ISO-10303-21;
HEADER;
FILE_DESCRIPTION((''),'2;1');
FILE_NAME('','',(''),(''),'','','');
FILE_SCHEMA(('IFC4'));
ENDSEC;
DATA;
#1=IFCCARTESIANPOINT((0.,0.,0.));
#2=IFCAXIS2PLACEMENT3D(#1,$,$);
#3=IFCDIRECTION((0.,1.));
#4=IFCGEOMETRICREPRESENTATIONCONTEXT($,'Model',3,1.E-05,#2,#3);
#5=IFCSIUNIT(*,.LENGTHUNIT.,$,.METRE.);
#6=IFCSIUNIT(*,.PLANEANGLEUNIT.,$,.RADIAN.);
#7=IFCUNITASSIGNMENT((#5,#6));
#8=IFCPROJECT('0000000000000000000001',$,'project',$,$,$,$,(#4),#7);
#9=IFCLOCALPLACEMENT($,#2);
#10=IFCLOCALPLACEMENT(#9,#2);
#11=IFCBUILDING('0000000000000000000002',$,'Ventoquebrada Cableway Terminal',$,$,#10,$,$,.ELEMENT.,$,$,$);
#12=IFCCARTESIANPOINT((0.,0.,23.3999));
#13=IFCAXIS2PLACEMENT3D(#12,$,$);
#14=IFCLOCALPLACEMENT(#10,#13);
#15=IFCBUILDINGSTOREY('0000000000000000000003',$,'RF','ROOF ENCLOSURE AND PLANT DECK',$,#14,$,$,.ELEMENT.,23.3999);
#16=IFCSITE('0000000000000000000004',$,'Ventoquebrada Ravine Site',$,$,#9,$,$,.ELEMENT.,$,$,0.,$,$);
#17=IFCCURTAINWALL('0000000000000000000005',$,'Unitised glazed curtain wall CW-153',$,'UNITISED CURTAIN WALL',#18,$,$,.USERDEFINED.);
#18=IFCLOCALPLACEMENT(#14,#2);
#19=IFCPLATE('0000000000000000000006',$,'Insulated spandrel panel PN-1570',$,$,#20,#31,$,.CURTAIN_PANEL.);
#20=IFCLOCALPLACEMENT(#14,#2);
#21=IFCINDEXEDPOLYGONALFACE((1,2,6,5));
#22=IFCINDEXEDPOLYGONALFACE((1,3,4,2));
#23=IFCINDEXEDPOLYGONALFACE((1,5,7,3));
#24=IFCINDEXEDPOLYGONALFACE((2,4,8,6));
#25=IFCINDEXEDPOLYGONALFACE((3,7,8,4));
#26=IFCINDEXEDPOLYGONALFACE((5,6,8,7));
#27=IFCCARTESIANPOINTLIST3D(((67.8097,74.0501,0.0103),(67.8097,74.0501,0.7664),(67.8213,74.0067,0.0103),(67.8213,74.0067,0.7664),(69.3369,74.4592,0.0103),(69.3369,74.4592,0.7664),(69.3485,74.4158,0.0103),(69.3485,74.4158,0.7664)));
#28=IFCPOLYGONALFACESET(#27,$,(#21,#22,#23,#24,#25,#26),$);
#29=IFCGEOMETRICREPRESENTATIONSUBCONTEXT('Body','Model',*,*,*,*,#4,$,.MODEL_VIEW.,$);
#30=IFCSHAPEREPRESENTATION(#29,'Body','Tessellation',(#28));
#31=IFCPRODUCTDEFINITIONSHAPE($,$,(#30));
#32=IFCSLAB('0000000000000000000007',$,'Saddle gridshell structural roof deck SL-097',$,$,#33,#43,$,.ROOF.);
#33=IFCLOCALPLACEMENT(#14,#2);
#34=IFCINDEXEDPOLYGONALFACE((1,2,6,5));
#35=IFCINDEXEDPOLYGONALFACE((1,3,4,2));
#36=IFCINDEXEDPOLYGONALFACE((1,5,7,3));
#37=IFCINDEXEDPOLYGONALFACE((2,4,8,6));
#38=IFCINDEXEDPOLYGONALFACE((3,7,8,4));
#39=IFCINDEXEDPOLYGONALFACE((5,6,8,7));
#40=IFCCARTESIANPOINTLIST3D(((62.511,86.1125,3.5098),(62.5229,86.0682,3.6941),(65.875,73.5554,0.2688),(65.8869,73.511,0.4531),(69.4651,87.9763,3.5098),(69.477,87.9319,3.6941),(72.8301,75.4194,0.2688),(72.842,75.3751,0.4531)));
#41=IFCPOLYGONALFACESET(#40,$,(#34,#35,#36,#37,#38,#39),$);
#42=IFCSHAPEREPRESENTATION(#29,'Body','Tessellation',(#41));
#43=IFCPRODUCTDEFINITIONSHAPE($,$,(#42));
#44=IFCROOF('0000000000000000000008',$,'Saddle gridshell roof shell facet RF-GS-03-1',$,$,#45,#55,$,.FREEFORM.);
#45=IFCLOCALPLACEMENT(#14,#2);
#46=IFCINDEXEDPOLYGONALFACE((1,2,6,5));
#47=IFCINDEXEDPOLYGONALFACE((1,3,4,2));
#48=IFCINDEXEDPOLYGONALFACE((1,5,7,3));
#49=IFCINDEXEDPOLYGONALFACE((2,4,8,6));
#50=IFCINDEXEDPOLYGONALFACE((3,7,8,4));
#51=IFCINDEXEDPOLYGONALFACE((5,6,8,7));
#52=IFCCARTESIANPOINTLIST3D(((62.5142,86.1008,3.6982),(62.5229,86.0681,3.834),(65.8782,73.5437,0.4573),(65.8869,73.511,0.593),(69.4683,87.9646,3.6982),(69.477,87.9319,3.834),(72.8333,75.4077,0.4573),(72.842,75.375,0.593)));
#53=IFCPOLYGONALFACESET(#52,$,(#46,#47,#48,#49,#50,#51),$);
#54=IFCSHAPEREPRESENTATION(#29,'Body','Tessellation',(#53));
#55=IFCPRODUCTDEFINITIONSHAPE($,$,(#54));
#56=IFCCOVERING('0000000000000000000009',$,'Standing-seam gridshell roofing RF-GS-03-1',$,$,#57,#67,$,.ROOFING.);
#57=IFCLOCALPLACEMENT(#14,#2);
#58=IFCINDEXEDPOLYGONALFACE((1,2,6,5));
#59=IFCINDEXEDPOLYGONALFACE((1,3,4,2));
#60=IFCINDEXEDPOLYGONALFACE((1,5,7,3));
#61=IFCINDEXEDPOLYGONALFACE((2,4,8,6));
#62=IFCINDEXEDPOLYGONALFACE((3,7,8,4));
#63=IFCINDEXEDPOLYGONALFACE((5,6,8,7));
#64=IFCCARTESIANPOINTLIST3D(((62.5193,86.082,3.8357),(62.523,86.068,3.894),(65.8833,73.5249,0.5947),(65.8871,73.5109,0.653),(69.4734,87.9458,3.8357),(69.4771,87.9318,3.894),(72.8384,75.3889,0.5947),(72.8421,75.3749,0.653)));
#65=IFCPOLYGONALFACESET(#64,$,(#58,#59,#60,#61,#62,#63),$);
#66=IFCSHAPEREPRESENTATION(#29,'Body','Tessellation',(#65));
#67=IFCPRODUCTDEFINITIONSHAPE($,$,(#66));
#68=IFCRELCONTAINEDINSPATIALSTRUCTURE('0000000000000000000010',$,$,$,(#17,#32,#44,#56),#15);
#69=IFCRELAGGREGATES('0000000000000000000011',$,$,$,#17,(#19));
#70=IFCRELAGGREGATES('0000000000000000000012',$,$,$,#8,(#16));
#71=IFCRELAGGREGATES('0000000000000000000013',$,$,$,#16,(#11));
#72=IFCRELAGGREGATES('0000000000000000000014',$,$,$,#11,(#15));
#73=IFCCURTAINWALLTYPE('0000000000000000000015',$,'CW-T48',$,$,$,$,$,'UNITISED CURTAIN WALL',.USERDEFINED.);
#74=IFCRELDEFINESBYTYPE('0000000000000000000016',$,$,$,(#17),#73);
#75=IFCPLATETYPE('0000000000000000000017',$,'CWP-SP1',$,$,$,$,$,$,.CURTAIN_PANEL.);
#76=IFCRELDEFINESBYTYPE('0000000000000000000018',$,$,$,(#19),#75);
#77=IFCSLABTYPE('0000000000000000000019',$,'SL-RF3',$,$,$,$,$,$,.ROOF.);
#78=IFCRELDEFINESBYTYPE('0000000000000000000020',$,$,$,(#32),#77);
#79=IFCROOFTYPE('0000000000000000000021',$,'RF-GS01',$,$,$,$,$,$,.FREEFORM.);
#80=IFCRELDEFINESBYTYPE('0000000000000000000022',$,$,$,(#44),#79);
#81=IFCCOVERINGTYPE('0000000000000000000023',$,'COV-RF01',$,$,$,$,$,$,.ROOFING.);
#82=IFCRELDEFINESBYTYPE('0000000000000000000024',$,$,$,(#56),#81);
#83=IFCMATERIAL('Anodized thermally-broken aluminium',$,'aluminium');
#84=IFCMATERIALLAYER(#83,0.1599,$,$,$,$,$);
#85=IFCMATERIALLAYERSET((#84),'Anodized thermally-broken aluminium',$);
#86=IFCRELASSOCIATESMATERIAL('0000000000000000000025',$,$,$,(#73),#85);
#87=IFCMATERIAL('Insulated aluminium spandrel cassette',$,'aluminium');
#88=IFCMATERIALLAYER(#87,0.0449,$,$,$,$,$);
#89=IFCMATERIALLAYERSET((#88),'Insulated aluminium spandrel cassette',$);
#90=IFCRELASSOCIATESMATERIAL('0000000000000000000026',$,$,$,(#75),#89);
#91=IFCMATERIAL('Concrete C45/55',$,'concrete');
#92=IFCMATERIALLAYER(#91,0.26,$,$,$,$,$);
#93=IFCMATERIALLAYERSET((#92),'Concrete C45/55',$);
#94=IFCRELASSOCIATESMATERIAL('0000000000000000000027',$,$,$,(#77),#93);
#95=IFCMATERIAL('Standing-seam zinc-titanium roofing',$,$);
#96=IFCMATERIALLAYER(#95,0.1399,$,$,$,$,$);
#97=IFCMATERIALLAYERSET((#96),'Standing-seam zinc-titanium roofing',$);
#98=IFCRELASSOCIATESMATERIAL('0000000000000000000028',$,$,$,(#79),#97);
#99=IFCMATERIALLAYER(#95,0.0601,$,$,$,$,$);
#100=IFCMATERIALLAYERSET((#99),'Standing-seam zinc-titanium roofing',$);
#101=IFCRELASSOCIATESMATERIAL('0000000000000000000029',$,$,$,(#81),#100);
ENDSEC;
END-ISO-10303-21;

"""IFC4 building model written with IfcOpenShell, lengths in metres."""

from ifc_helpers import new_model, si_unit, direction, frame, origin, origin_2d, place, context, subcontext, project, spatial, polyline, rectangle, outline, extrude, material, layer, layer_set, type_object, element, aggregate, save


model = new_model("IFC4")

# Units and contexts
model_context = context("Model", 3, precision=1e-05, world=origin(), true_north=direction((0.0, 1.0)))
body_context = subcontext(model_context, "Body", "Model", "MODEL_VIEW")
ifc_project = project(units=[si_unit("LENGTHUNIT", "METRE"), si_unit("PLANEANGLEUNIT", "RADIAN")], contexts=[model_context])

# Site, building, storey
site_placement = place(None, origin())
site = spatial("IfcSite", under=ifc_project, at=site_placement, Name="Ventoquebrada Ravine Site", CompositionType="ELEMENT", RefElevation=0.0)
building_placement = place(site_placement, origin())
building = spatial("IfcBuilding", under=site, at=building_placement, Name="Ventoquebrada Cableway Terminal", CompositionType="ELEMENT")
storey_placement = place(building_placement, frame((0.0, 0.0, 23.3999)))
storey = spatial("IfcBuildingStorey", under=building, at=storey_placement, Name="RF", Description="ROOF ENCLOSURE AND PLANT DECK", CompositionType="ELEMENT", Elevation=23.3999)

# Shared definitions
ifc_material_1 = material(Name="Anodized thermally-broken aluminium", Category="aluminium")
ifc_layer_1 = layer(ifc_material_1, 0.1599)
ifc_layer_set_1 = layer_set([ifc_layer_1], Name="Anodized thermally-broken aluminium")
curtain_wall_type = type_object("IfcCurtainWallType", Name="CW-T48", ElementType="UNITISED CURTAIN WALL", PredefinedType="USERDEFINED", material=ifc_layer_set_1)

# Curtain wall
curtain_wall_1_placement = place(storey_placement, origin())
curtain_wall_1 = element("IfcCurtainWall", 1, at=curtain_wall_1_placement, inside=storey, type_object=curtain_wall_type, Name="Unitised glazed curtain wall CW-153", ObjectType="UNITISED CURTAIN WALL", PredefinedType="USERDEFINED")

# Plate
ifc_material_2 = material(Name="Insulated aluminium spandrel cassette", Category="aluminium")
ifc_layer_2 = layer(ifc_material_2, 0.0449)
ifc_layer_set_2 = layer_set([ifc_layer_2], Name="Insulated aluminium spandrel cassette")
plate_type_1 = type_object("IfcPlateType", Name="CWP-SP1", PredefinedType="CURTAIN_PANEL", material=ifc_layer_set_2)
plate_1_placement = place(storey_placement, frame((68.5791, 74.2329, 0.0103), z_axis=(0.0, 0.0, 1.0), x_axis=(0.965944, 0.258752, 0.0)))
plate_1 = element("IfcPlate", 2, at=plate_1_placement, type_object=plate_type_1, Name="Insulated spandrel panel PN-1570", PredefinedType="CURTAIN_PANEL", context=body_context, shape_type="SweptSolid", body=[
    extrude(rectangle(XDim=1.5811, YDim=0.0449, at=origin_2d()), origin(), (0.0, 0.0, 1.0), 0.7561),
])
aggregate(curtain_wall_1, [plate_1])

# Slab
ifc_material_3 = material(Name="Concrete C45/55", Category="concrete")
ifc_layer_3 = layer(ifc_material_3, 0.26)
ifc_layer_set_3 = layer_set([ifc_layer_3], Name="Concrete C45/55")
slab_type = type_object("IfcSlabType", Name="SL-RF3", PredefinedType="ROOF", material=ifc_layer_set_3)
slab_placement = place(storey_placement, frame((65.875, 73.5554, 0.2688), z_axis=(0.062622, -0.233656, 0.970301), x_axis=(0.965912, 0.258872, 0.0)))
element("IfcSlab", 3, at=slab_placement, inside=storey, type_object=slab_type, Name="Saddle gridshell structural roof deck SL-097", PredefinedType="ROOF", context=body_context, shape_type="SweptSolid", body=[
    extrude(outline(polyline([(0.0, 0.0), (7.2005, 0.0), (7.2009, 13.3978), (0.0013, 13.3978), (0.0, 0.0)])), origin(), (0.0, 0.0, 1.0), 0.1899),
])

# Roof
ifc_material_4 = material(Name="Standing-seam zinc-titanium roofing")
ifc_layer_4 = layer(ifc_material_4, 0.1399)
ifc_layer_set_4 = layer_set([ifc_layer_4], Name="Standing-seam zinc-titanium roofing")
roof_type = type_object("IfcRoofType", Name="RF-GS01", PredefinedType="FREEFORM", material=ifc_layer_set_4)
roof_placement = place(storey_placement, frame((65.8782, 73.5437, 0.4573), z_axis=(0.062622, -0.233656, 0.970301), x_axis=(0.965912, 0.258872, 0.0)))
element("IfcRoof", 4, at=roof_placement, inside=storey, type_object=roof_type, Name="Saddle gridshell roof shell facet RF-GS-03-1", PredefinedType="FREEFORM", context=body_context, shape_type="SweptSolid", body=[
    extrude(outline(polyline([(0.0, 0.0), (7.2005, 0.0), (7.2009, 13.3978), (0.0013, 13.3978), (0.0, 0.0)])), origin(), (0.0, 0.0, 1.0), 0.1399),
])

# Covering
ifc_layer_5 = layer(ifc_material_4, 0.0601)
ifc_layer_set_5 = layer_set([ifc_layer_5], Name="Standing-seam zinc-titanium roofing")
covering_type = type_object("IfcCoveringType", Name="COV-RF01", PredefinedType="ROOFING", material=ifc_layer_set_5)
covering_placement = place(storey_placement, frame((65.8833, 73.5249, 0.5947), z_axis=(0.062622, -0.233656, 0.970301), x_axis=(0.965912, 0.258872, 0.0)))
element("IfcCovering", 5, at=covering_placement, inside=storey, type_object=covering_type, Name="Standing-seam gridshell roofing RF-GS-03-1", PredefinedType="ROOFING", context=body_context, shape_type="SweptSolid", body=[
    extrude(outline(polyline([(0.0, 0.0), (7.2005, 0.0), (7.2009, 13.3978), (0.0013, 13.3978), (0.0, 0.0)])), origin(), (0.0, 0.0, 1.0), 0.0601),
])

save(model, "model.ifc")
